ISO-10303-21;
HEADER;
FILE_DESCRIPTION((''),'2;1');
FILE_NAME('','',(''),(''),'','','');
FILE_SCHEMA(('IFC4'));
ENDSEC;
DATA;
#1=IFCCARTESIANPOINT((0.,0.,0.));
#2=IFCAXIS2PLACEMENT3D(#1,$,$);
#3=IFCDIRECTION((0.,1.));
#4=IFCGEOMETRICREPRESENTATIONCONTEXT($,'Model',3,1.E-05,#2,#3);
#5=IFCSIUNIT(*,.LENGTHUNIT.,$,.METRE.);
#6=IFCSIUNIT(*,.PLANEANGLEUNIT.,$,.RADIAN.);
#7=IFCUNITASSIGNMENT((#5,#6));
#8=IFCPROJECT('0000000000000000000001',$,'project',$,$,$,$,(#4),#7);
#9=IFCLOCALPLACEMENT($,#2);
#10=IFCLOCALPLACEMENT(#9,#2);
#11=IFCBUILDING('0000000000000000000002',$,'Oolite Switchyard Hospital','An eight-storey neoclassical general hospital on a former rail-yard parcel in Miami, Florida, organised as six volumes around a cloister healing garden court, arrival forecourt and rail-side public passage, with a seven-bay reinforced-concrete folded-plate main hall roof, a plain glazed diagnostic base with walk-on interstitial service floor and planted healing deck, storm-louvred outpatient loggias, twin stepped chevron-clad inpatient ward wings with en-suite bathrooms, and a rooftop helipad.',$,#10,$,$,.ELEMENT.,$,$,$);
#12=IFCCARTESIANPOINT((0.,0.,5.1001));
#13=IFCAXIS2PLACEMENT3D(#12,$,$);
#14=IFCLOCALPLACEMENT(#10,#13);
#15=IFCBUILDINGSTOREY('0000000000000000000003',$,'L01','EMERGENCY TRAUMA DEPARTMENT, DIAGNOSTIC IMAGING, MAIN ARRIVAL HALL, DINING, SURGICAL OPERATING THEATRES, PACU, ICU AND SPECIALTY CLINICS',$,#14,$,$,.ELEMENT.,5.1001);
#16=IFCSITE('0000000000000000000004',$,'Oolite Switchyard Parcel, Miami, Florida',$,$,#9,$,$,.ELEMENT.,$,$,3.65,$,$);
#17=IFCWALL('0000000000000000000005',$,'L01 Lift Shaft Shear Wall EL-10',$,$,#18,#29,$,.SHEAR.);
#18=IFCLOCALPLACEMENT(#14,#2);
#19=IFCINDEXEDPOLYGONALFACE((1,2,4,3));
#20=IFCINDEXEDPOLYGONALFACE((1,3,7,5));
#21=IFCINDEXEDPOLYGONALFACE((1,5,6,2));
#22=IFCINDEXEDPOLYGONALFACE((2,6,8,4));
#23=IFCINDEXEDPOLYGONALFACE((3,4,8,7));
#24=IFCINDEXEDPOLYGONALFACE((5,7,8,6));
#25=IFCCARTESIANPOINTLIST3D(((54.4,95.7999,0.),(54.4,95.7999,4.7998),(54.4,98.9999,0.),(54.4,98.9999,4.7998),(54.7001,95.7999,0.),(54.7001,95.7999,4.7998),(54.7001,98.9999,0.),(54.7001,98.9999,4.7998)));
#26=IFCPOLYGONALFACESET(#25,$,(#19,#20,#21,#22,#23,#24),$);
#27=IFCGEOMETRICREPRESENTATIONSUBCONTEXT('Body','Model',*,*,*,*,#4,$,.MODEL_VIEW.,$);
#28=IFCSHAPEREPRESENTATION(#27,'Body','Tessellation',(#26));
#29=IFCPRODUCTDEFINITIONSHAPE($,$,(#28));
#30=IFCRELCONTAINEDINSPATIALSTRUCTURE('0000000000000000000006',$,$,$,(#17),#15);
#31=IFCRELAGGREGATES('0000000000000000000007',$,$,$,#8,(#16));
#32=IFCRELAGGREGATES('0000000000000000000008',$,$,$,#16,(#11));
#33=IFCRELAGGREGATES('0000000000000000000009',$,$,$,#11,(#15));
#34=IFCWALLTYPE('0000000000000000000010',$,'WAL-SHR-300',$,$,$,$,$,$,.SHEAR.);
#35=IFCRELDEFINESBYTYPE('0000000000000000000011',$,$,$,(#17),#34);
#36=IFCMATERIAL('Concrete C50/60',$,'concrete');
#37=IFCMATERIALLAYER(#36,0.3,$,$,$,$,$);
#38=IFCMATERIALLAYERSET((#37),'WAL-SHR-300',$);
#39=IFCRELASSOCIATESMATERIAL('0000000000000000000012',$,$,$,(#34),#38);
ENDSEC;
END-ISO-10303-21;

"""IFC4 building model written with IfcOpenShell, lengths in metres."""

from ifc_helpers import new_model, si_unit, direction, frame, frame_2d, origin, place, context, subcontext, project, spatial, rectangle, extrude, material, layer, layer_set, type_object, element, save


model = new_model("IFC4")

# Units and contexts
model_context = context("Model", 3, precision=1e-05, world=origin(), true_north=direction((0.0, 1.0)))
body_context = subcontext(model_context, "Body", "Model", "MODEL_VIEW")
ifc_project = project(units=[si_unit("LENGTHUNIT", "METRE"), si_unit("PLANEANGLEUNIT", "RADIAN")], contexts=[model_context])

# Site, building, storey
site_placement = place(None, origin())
site = spatial("IfcSite", under=ifc_project, at=site_placement, Name="Oolite Switchyard Parcel, Miami, Florida", CompositionType="ELEMENT", RefElevation=3.65)
building_placement = place(site_placement, origin())
building = spatial("IfcBuilding", under=site, at=building_placement, Name="Oolite Switchyard Hospital", Description="An eight-storey neoclassical general hospital on a former rail-yard parcel in Miami, Florida, organised as six volumes around a cloister healing garden court, arrival forecourt and rail-side public passage, with a seven-bay reinforced-concrete folded-plate main hall roof, a plain glazed diagnostic base with walk-on interstitial service floor and planted healing deck, storm-louvred outpatient loggias, twin stepped chevron-clad inpatient ward wings with en-suite bathrooms, and a rooftop helipad.", CompositionType="ELEMENT")
storey_placement = place(building_placement, frame((0.0, 0.0, 5.1001)))
storey = spatial("IfcBuildingStorey", under=building, at=storey_placement, Name="L01", Description="EMERGENCY TRAUMA DEPARTMENT, DIAGNOSTIC IMAGING, MAIN ARRIVAL HALL, DINING, SURGICAL OPERATING THEATRES, PACU, ICU AND SPECIALTY CLINICS", CompositionType="ELEMENT", Elevation=5.1001)

# Shared definitions
ifc_material_1 = material(Name="Concrete C50/60", Category="concrete")

# Shared definitions
ifc_layer_1 = layer(ifc_material_1, 0.3)
ifc_layer_set_1 = layer_set([ifc_layer_1], Name="WAL-SHR-300")
wall_type_1 = type_object("IfcWallType", Name="WAL-SHR-300", PredefinedType="SHEAR", material=ifc_layer_set_1)

# Wall
wall_1_placement = place(storey_placement, frame((54.55, 99.0, 0.0), z_axis=(0.0, 0.0, 1.0), x_axis=(0.0, -1.0, 0.0)))
element("IfcWall", 1, at=wall_1_placement, inside=storey, type_object=wall_type_1, Name="L01 Lift Shaft Shear Wall EL-10", PredefinedType="SHEAR", context=body_context, shape_type="SweptSolid", body=[
    extrude(rectangle(XDim=3.2, YDim=0.3, at=frame_2d((1.6001, 0.0))), origin(), (0.0, 0.0, 1.0), 4.7998),
])

save(model, "model.ifc")
